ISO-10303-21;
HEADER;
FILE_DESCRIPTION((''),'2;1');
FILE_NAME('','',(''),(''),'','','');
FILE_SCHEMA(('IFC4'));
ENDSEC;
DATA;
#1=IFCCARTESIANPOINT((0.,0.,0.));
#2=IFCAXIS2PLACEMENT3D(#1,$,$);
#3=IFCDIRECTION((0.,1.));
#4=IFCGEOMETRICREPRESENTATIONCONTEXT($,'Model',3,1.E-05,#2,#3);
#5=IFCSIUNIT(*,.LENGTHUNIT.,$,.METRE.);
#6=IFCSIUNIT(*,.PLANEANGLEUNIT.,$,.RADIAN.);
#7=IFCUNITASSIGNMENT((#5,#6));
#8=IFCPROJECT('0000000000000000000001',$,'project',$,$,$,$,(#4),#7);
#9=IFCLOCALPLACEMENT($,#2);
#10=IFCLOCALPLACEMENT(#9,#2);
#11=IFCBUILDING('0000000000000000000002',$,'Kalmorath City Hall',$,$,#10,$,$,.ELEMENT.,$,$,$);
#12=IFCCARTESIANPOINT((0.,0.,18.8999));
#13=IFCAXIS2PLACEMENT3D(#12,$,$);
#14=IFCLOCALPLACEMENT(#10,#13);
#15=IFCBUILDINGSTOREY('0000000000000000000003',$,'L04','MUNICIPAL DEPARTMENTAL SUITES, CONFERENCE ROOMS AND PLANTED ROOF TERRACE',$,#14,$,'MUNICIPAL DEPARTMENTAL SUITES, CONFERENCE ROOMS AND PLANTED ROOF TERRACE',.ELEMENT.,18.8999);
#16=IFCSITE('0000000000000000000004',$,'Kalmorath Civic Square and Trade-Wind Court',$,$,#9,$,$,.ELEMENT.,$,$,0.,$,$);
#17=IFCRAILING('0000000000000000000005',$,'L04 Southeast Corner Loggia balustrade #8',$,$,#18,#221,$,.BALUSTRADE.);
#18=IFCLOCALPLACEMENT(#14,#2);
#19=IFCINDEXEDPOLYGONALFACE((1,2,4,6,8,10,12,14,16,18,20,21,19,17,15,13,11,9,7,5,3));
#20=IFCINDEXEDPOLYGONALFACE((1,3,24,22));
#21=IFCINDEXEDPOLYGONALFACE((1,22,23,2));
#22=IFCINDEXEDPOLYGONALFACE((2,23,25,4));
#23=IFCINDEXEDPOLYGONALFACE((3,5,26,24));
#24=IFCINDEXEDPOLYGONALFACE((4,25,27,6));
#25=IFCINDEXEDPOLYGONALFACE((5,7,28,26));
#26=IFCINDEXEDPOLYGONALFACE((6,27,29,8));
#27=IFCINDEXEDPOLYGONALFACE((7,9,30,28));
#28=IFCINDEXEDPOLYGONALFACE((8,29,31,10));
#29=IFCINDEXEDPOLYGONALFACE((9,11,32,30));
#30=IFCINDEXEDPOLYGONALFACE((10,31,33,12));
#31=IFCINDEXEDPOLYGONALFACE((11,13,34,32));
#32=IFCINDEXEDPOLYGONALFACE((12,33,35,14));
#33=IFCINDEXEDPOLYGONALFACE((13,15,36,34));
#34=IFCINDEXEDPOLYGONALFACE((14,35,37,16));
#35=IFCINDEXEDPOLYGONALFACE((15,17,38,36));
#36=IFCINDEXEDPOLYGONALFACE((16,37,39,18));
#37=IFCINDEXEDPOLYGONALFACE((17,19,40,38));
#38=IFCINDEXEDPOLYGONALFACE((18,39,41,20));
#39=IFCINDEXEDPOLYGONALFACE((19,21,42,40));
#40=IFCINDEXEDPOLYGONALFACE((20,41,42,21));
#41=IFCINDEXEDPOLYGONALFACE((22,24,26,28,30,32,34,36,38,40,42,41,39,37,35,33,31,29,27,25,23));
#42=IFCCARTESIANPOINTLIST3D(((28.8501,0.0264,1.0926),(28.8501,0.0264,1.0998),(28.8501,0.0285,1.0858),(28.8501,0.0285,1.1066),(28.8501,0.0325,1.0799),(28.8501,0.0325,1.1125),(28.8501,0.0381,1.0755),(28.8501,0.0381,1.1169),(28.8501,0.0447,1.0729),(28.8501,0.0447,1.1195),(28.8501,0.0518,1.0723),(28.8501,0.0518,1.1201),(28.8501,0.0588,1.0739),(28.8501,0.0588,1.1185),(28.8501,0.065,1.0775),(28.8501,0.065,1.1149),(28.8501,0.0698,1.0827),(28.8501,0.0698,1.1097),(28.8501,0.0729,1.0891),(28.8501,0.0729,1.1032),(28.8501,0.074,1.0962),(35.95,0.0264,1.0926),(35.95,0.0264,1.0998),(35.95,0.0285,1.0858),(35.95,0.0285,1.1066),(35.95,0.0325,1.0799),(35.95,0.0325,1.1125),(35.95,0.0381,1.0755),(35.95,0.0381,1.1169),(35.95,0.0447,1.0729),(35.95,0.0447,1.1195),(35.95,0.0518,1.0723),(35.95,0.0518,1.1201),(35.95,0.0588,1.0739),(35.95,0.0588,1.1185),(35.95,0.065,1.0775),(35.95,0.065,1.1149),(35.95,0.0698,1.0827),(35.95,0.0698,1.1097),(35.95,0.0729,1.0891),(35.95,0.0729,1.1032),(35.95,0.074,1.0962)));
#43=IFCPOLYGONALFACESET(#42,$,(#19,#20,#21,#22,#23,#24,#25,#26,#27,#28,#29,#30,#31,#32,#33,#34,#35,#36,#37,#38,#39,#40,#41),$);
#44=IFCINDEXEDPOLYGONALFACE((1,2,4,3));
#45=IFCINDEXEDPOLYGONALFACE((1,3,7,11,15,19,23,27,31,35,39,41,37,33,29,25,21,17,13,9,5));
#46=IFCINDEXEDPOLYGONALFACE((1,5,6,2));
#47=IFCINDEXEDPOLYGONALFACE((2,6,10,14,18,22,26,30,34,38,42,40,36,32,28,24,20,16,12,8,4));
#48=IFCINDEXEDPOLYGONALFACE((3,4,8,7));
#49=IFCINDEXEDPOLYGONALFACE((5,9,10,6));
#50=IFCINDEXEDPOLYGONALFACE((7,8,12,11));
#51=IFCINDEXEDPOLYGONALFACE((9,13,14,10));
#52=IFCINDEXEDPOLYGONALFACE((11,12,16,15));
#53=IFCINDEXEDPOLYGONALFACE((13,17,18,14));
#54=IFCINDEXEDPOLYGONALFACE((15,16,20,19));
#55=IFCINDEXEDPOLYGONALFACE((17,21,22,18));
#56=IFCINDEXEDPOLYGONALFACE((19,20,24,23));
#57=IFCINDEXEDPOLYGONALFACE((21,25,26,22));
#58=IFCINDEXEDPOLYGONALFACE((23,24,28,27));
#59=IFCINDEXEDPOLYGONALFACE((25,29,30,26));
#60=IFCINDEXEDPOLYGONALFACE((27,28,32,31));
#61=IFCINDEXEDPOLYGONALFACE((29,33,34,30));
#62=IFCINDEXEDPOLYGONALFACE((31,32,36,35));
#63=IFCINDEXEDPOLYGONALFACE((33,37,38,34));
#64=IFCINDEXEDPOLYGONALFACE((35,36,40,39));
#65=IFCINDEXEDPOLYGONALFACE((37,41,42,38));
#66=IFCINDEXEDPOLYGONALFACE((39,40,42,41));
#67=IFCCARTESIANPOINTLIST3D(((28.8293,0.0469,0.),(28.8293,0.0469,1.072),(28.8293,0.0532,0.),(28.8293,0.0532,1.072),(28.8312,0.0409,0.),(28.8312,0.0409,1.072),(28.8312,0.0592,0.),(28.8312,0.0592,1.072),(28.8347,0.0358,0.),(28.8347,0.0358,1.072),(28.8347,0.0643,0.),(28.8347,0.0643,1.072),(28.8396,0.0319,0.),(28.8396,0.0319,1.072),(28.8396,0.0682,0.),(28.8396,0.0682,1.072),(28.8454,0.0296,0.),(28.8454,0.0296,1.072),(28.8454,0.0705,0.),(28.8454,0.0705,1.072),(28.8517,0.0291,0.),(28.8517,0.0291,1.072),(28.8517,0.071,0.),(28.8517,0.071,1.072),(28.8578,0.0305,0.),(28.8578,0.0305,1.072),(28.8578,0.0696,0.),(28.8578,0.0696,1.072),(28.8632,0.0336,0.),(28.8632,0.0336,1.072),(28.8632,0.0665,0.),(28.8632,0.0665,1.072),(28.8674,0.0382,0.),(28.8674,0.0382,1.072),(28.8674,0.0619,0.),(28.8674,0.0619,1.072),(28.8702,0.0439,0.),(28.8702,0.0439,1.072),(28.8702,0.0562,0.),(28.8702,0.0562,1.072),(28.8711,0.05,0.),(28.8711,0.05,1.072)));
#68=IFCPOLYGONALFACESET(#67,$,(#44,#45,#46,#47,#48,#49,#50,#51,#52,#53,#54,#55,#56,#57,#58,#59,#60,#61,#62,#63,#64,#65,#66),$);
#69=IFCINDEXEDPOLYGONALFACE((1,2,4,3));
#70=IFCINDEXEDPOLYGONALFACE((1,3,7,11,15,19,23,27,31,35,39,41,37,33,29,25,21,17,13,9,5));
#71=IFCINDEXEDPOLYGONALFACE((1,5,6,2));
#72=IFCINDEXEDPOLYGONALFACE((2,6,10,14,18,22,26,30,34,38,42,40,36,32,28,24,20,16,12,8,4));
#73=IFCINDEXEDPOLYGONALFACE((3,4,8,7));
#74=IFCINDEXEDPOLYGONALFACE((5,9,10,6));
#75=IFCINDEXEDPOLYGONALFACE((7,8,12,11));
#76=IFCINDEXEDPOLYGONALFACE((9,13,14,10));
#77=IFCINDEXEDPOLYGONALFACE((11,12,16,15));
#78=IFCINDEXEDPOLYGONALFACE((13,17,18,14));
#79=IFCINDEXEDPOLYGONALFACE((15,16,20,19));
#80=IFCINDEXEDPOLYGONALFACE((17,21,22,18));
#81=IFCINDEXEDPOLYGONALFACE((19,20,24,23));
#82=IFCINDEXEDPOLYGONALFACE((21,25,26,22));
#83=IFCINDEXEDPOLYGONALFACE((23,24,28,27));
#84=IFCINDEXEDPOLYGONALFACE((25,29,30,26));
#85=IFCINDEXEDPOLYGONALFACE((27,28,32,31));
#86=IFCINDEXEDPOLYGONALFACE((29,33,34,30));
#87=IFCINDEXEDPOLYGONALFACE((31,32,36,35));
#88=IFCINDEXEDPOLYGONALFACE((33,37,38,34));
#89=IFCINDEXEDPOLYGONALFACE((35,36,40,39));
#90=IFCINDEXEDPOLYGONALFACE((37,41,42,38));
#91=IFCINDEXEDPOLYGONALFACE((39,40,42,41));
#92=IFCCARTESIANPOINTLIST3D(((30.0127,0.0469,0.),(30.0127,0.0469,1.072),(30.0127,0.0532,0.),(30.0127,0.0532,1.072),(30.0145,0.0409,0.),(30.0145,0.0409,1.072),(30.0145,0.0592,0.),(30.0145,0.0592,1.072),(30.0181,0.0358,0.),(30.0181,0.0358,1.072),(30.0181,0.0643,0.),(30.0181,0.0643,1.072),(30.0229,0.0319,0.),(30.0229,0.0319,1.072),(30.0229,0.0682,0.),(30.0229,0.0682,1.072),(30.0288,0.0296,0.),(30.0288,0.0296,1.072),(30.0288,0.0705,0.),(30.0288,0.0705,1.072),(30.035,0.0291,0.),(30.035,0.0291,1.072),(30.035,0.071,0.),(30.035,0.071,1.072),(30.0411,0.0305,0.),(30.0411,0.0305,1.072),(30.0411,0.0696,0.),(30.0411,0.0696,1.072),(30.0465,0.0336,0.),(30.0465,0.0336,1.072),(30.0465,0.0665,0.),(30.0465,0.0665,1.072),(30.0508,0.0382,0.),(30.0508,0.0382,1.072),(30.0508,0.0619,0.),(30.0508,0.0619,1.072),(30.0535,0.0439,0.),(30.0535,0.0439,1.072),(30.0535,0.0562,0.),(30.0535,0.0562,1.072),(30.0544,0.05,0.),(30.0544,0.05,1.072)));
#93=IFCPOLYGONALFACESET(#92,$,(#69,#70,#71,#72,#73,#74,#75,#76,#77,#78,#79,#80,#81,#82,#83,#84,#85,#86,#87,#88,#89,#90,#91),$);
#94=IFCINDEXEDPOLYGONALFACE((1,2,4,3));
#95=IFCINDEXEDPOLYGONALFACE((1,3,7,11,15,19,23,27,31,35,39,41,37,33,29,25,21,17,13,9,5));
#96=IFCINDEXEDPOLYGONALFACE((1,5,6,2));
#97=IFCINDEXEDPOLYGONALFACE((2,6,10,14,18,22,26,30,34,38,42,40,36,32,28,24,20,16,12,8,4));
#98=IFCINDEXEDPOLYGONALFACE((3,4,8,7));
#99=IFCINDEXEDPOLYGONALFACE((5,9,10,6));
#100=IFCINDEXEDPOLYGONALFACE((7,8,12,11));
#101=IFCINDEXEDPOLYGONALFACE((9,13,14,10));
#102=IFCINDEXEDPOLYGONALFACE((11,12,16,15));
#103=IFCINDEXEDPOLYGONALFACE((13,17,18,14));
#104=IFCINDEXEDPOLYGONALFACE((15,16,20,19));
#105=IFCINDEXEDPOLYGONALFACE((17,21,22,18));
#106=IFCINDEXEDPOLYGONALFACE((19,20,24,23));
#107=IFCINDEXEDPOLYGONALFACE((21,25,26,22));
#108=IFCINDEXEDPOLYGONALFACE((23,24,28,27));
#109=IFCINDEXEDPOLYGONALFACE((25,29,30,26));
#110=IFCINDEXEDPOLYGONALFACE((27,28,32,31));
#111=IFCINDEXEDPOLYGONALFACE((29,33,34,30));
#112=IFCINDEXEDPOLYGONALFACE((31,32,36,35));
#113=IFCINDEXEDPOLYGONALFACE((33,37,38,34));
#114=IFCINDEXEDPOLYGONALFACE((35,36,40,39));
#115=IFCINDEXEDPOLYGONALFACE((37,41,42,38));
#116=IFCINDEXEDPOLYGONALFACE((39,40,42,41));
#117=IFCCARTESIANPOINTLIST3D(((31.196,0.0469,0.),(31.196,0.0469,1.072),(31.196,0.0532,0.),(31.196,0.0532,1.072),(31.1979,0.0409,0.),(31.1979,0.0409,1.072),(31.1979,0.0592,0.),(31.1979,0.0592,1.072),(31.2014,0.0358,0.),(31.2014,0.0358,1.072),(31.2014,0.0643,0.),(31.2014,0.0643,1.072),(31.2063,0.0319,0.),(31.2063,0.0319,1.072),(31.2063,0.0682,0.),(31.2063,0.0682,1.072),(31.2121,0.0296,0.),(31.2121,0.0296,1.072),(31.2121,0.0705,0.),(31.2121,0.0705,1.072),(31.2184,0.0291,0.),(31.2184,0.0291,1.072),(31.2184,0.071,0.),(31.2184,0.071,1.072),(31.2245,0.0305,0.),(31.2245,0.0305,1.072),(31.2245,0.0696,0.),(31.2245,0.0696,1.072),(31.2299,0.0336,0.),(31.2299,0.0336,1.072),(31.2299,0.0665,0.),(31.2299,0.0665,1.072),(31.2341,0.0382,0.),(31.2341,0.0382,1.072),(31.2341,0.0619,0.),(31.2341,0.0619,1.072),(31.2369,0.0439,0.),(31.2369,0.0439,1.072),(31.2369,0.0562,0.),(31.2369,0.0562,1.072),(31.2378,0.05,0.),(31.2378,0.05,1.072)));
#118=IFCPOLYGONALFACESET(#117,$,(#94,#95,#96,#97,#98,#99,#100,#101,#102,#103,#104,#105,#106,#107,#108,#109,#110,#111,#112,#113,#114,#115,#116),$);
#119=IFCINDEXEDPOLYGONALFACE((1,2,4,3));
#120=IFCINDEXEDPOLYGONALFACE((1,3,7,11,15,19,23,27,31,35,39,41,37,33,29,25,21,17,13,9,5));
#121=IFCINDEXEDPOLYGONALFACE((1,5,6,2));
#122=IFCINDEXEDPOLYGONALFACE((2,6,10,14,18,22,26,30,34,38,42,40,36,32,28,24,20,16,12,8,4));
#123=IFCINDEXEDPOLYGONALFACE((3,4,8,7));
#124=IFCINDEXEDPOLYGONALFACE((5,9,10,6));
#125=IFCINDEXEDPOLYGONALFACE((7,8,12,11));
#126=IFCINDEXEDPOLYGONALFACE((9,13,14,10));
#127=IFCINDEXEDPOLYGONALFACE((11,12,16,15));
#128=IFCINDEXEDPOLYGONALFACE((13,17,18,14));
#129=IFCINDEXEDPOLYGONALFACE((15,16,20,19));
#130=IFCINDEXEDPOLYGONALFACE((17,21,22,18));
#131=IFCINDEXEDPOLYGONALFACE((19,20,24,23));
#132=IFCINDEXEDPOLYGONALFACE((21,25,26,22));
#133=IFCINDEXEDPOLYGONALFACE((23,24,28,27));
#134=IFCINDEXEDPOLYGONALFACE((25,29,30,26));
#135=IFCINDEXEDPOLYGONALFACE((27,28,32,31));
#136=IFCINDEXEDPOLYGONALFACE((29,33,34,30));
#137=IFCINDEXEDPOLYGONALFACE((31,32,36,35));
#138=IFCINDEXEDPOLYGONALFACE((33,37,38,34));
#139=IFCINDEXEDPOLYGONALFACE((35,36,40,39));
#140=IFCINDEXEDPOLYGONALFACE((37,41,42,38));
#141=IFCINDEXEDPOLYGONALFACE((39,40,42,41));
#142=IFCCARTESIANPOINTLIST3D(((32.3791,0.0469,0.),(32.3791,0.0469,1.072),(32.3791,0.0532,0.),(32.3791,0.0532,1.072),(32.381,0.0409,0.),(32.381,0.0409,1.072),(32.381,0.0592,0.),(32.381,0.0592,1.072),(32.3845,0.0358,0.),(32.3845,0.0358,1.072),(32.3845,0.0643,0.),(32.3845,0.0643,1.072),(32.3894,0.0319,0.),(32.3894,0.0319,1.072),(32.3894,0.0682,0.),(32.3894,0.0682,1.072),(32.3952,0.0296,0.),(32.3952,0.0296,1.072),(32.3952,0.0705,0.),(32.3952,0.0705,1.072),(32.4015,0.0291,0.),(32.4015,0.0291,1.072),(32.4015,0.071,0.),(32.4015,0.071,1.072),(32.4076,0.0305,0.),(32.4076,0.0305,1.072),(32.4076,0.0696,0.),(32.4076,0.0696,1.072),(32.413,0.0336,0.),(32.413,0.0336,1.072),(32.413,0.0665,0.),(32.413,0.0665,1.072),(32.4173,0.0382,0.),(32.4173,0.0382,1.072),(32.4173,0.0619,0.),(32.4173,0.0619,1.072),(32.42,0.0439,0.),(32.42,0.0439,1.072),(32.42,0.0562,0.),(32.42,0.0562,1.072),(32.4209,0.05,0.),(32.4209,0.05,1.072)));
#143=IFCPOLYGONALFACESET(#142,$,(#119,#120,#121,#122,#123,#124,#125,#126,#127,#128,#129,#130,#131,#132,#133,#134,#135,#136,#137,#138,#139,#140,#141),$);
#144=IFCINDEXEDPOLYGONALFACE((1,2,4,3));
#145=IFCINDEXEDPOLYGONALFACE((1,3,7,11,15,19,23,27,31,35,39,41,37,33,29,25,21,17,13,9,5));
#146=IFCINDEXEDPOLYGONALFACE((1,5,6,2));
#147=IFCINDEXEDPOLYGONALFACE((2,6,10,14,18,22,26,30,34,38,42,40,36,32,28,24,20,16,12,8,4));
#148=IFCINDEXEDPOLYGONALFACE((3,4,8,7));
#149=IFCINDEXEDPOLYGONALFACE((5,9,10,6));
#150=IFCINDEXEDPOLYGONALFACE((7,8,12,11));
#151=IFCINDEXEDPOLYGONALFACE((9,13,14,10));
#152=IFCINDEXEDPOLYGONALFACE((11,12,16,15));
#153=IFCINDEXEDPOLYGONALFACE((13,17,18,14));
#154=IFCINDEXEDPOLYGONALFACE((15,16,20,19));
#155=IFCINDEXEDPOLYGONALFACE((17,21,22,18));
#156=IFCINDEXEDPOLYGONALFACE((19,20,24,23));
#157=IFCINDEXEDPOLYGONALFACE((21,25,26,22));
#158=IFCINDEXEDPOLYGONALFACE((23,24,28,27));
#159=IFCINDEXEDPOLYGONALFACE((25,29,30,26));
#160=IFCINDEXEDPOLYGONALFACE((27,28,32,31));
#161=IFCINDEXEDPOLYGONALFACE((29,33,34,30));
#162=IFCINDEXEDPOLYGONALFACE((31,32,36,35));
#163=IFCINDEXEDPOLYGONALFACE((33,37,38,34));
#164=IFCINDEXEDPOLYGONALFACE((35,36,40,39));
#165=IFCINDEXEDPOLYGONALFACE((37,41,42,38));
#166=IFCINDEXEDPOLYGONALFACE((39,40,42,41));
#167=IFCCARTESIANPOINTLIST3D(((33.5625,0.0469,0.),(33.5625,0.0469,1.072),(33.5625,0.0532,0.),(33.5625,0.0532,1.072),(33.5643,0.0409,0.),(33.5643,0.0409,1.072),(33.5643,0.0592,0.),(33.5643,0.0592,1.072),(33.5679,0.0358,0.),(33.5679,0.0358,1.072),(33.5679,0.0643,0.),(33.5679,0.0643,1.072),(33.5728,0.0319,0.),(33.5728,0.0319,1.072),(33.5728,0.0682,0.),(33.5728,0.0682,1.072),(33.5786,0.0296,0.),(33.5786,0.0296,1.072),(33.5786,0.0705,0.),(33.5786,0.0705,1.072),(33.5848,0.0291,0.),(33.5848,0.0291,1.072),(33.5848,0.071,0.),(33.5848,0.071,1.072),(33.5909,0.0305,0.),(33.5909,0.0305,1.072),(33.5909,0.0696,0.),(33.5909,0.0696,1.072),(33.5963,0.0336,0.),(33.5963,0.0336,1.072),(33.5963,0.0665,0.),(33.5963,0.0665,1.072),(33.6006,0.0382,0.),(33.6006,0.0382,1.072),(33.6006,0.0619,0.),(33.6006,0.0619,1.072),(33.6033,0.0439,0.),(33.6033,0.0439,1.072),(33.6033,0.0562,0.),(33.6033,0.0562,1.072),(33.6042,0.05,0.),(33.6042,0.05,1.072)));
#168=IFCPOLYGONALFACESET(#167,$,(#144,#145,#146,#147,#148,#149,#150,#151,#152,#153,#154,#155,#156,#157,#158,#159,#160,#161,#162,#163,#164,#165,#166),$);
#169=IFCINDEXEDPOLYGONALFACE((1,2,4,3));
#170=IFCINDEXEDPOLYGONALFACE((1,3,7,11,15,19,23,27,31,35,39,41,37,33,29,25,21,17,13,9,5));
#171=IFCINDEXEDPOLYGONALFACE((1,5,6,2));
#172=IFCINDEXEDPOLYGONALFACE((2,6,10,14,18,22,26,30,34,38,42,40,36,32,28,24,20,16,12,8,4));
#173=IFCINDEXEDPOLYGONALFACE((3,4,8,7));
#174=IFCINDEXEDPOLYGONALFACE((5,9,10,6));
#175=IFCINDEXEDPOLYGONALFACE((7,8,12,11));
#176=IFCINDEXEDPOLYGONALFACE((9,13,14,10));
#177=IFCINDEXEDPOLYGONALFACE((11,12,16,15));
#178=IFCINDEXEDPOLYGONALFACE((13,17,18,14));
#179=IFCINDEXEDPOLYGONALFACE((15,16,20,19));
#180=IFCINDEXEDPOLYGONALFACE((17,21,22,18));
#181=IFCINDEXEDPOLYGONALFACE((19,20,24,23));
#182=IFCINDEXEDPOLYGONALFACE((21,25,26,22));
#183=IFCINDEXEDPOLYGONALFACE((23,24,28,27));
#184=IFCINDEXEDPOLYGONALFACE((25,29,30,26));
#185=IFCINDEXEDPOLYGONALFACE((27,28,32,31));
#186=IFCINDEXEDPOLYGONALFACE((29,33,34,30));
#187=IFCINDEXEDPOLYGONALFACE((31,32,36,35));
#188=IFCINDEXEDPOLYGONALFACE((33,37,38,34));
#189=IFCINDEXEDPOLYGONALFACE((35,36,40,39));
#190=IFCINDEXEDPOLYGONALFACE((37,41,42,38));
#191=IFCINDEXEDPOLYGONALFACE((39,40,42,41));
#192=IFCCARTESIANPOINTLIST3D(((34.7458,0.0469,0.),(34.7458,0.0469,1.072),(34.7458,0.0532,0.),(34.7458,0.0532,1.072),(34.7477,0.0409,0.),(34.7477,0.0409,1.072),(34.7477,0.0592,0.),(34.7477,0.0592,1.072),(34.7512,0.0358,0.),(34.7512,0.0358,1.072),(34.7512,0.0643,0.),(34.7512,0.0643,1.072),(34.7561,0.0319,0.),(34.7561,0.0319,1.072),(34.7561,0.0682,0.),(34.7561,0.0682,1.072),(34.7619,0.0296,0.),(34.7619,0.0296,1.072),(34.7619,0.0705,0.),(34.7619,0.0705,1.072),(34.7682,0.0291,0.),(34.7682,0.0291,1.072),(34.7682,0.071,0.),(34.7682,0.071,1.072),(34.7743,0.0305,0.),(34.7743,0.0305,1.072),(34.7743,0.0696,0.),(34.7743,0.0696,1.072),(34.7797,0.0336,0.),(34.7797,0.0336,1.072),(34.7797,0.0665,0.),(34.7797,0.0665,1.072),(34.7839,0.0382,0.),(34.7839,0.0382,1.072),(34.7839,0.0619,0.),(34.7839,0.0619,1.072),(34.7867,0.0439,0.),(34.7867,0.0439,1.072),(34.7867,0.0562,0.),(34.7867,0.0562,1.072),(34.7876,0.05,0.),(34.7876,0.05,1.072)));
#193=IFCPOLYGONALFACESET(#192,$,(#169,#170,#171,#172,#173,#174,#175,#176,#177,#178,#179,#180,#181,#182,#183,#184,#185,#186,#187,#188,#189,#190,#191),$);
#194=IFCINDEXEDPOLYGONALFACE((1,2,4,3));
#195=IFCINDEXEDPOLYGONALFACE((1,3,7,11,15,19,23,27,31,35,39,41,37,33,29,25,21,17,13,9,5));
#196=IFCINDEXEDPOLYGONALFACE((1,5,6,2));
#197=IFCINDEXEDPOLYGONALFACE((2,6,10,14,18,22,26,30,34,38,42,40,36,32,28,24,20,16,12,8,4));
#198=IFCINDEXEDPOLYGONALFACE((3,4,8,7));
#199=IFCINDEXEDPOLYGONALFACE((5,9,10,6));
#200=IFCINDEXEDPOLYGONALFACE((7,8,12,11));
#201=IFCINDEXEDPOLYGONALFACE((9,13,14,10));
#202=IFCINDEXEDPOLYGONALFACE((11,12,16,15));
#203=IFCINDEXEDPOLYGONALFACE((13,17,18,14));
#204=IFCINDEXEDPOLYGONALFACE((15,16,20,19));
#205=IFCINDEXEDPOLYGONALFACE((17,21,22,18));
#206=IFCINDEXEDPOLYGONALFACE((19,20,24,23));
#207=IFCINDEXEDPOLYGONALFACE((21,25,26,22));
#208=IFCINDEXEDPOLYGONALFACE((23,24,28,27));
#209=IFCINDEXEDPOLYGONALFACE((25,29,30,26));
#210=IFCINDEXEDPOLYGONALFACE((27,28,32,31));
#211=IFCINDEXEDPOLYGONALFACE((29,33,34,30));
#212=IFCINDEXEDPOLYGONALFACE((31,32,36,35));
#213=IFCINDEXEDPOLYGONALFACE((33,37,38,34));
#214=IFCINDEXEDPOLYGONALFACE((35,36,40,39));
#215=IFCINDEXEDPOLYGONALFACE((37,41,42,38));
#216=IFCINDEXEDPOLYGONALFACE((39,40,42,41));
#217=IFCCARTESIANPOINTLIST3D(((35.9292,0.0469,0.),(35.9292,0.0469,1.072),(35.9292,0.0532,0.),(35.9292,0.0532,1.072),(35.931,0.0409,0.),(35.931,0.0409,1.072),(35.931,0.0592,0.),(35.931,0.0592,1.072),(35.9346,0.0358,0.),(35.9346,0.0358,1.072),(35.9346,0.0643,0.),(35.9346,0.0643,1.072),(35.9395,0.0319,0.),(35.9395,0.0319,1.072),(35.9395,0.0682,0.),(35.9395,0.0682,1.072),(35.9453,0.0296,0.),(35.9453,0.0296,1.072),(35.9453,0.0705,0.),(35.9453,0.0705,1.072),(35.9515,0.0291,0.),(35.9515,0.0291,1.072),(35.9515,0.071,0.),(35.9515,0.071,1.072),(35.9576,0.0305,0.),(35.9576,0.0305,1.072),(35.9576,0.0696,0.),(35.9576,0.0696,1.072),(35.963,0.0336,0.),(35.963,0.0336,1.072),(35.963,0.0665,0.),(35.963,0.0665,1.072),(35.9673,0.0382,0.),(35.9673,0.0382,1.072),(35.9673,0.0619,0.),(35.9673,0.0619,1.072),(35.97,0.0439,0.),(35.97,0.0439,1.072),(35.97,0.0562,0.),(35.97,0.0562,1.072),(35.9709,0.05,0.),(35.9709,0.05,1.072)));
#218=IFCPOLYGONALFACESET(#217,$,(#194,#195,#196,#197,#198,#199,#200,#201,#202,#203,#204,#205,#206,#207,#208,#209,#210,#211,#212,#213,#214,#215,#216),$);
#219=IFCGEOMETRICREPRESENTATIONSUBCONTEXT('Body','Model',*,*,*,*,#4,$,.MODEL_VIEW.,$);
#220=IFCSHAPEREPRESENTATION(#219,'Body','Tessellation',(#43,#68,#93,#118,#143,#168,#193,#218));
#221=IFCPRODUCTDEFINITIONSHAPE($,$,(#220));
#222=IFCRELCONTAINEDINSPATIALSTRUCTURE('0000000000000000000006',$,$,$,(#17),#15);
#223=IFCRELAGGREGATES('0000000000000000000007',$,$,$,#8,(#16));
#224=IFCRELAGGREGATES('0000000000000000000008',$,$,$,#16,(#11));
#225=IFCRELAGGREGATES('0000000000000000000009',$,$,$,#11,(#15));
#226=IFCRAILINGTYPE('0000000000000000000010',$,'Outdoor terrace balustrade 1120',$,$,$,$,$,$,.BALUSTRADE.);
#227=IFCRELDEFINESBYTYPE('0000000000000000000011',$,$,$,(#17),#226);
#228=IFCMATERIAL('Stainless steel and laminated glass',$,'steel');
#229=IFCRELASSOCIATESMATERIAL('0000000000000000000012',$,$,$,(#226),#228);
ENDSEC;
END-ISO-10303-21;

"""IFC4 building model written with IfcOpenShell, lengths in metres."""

from ifc_helpers import new_model, si_unit, direction, frame, origin, origin_2d, place, context, subcontext, project, spatial, circle, extrude, material, type_object, element, save


model = new_model("IFC4")

# Units and contexts
model_context = context("Model", 3, precision=1e-05, world=origin(), true_north=direction((0.0, 1.0)))
body_context = subcontext(model_context, "Body", "Model", "MODEL_VIEW")
ifc_project = project(units=[si_unit("LENGTHUNIT", "METRE"), si_unit("PLANEANGLEUNIT", "RADIAN")], contexts=[model_context])

# Site, building, storey
site_placement = place(None, origin())
site = spatial("IfcSite", under=ifc_project, at=site_placement, Name="Kalmorath Civic Square and Trade-Wind Court", CompositionType="ELEMENT", RefElevation=0.0)
building_placement = place(site_placement, origin())
building = spatial("IfcBuilding", under=site, at=building_placement, Name="Kalmorath City Hall", CompositionType="ELEMENT")
storey_placement = place(building_placement, frame((0.0, 0.0, 18.8999)))
storey = spatial("IfcBuildingStorey", under=building, at=storey_placement, Name="L04", Description="MUNICIPAL DEPARTMENTAL SUITES, CONFERENCE ROOMS AND PLANTED ROOF TERRACE", LongName="MUNICIPAL DEPARTMENTAL SUITES, CONFERENCE ROOMS AND PLANTED ROOF TERRACE", CompositionType="ELEMENT", Elevation=18.8999)

# Railing
ifc_material_1 = material(Name="Stainless steel and laminated glass", Category="steel")
railing_type = type_object("IfcRailingType", Name="Outdoor terrace balustrade 1120", PredefinedType="BALUSTRADE", material=ifc_material_1)
railing_1_placement = place(storey_placement, frame((28.8501, 0.05, 0.0)))
element("IfcRailing", 1, at=railing_1_placement, inside=storey, type_object=railing_type, Name="L04 Southeast Corner Loggia balustrade #8", PredefinedType="BALUSTRADE", context=body_context, shape_type="SweptSolid", body=[
    extrude(circle(Radius=0.0239, at=origin_2d()), frame((0.0, 0.0, 1.0962), z_axis=(1.0, 0.0, 0.0), x_axis=(0.0, 1.0, 0.0)), (0.0, 0.0, 1.0), 7.0999),
    extrude(circle(Radius=0.021, at=origin_2d()), origin(), (0.0, 0.0, 1.0), 1.072),
    extrude(circle(Radius=0.021, at=origin_2d()), frame((1.1833, 0.0, 0.0)), (0.0, 0.0, 1.0), 1.072),
    extrude(circle(Radius=0.021, at=origin_2d()), frame((2.3667, 0.0, 0.0)), (0.0, 0.0, 1.0), 1.072),
    extrude(circle(Radius=0.021, at=origin_2d()), frame((3.5498, 0.0, 0.0)), (0.0, 0.0, 1.0), 1.072),
    extrude(circle(Radius=0.021, at=origin_2d()), frame((4.7332, 0.0, 0.0)), (0.0, 0.0, 1.0), 1.072),
    extrude(circle(Radius=0.021, at=origin_2d()), frame((5.9165, 0.0, 0.0)), (0.0, 0.0, 1.0), 1.072),
    extrude(circle(Radius=0.021, at=origin_2d()), frame((7.0999, 0.0, 0.0)), (0.0, 0.0, 1.0), 1.072),
])

save(model, "model.ifc")
